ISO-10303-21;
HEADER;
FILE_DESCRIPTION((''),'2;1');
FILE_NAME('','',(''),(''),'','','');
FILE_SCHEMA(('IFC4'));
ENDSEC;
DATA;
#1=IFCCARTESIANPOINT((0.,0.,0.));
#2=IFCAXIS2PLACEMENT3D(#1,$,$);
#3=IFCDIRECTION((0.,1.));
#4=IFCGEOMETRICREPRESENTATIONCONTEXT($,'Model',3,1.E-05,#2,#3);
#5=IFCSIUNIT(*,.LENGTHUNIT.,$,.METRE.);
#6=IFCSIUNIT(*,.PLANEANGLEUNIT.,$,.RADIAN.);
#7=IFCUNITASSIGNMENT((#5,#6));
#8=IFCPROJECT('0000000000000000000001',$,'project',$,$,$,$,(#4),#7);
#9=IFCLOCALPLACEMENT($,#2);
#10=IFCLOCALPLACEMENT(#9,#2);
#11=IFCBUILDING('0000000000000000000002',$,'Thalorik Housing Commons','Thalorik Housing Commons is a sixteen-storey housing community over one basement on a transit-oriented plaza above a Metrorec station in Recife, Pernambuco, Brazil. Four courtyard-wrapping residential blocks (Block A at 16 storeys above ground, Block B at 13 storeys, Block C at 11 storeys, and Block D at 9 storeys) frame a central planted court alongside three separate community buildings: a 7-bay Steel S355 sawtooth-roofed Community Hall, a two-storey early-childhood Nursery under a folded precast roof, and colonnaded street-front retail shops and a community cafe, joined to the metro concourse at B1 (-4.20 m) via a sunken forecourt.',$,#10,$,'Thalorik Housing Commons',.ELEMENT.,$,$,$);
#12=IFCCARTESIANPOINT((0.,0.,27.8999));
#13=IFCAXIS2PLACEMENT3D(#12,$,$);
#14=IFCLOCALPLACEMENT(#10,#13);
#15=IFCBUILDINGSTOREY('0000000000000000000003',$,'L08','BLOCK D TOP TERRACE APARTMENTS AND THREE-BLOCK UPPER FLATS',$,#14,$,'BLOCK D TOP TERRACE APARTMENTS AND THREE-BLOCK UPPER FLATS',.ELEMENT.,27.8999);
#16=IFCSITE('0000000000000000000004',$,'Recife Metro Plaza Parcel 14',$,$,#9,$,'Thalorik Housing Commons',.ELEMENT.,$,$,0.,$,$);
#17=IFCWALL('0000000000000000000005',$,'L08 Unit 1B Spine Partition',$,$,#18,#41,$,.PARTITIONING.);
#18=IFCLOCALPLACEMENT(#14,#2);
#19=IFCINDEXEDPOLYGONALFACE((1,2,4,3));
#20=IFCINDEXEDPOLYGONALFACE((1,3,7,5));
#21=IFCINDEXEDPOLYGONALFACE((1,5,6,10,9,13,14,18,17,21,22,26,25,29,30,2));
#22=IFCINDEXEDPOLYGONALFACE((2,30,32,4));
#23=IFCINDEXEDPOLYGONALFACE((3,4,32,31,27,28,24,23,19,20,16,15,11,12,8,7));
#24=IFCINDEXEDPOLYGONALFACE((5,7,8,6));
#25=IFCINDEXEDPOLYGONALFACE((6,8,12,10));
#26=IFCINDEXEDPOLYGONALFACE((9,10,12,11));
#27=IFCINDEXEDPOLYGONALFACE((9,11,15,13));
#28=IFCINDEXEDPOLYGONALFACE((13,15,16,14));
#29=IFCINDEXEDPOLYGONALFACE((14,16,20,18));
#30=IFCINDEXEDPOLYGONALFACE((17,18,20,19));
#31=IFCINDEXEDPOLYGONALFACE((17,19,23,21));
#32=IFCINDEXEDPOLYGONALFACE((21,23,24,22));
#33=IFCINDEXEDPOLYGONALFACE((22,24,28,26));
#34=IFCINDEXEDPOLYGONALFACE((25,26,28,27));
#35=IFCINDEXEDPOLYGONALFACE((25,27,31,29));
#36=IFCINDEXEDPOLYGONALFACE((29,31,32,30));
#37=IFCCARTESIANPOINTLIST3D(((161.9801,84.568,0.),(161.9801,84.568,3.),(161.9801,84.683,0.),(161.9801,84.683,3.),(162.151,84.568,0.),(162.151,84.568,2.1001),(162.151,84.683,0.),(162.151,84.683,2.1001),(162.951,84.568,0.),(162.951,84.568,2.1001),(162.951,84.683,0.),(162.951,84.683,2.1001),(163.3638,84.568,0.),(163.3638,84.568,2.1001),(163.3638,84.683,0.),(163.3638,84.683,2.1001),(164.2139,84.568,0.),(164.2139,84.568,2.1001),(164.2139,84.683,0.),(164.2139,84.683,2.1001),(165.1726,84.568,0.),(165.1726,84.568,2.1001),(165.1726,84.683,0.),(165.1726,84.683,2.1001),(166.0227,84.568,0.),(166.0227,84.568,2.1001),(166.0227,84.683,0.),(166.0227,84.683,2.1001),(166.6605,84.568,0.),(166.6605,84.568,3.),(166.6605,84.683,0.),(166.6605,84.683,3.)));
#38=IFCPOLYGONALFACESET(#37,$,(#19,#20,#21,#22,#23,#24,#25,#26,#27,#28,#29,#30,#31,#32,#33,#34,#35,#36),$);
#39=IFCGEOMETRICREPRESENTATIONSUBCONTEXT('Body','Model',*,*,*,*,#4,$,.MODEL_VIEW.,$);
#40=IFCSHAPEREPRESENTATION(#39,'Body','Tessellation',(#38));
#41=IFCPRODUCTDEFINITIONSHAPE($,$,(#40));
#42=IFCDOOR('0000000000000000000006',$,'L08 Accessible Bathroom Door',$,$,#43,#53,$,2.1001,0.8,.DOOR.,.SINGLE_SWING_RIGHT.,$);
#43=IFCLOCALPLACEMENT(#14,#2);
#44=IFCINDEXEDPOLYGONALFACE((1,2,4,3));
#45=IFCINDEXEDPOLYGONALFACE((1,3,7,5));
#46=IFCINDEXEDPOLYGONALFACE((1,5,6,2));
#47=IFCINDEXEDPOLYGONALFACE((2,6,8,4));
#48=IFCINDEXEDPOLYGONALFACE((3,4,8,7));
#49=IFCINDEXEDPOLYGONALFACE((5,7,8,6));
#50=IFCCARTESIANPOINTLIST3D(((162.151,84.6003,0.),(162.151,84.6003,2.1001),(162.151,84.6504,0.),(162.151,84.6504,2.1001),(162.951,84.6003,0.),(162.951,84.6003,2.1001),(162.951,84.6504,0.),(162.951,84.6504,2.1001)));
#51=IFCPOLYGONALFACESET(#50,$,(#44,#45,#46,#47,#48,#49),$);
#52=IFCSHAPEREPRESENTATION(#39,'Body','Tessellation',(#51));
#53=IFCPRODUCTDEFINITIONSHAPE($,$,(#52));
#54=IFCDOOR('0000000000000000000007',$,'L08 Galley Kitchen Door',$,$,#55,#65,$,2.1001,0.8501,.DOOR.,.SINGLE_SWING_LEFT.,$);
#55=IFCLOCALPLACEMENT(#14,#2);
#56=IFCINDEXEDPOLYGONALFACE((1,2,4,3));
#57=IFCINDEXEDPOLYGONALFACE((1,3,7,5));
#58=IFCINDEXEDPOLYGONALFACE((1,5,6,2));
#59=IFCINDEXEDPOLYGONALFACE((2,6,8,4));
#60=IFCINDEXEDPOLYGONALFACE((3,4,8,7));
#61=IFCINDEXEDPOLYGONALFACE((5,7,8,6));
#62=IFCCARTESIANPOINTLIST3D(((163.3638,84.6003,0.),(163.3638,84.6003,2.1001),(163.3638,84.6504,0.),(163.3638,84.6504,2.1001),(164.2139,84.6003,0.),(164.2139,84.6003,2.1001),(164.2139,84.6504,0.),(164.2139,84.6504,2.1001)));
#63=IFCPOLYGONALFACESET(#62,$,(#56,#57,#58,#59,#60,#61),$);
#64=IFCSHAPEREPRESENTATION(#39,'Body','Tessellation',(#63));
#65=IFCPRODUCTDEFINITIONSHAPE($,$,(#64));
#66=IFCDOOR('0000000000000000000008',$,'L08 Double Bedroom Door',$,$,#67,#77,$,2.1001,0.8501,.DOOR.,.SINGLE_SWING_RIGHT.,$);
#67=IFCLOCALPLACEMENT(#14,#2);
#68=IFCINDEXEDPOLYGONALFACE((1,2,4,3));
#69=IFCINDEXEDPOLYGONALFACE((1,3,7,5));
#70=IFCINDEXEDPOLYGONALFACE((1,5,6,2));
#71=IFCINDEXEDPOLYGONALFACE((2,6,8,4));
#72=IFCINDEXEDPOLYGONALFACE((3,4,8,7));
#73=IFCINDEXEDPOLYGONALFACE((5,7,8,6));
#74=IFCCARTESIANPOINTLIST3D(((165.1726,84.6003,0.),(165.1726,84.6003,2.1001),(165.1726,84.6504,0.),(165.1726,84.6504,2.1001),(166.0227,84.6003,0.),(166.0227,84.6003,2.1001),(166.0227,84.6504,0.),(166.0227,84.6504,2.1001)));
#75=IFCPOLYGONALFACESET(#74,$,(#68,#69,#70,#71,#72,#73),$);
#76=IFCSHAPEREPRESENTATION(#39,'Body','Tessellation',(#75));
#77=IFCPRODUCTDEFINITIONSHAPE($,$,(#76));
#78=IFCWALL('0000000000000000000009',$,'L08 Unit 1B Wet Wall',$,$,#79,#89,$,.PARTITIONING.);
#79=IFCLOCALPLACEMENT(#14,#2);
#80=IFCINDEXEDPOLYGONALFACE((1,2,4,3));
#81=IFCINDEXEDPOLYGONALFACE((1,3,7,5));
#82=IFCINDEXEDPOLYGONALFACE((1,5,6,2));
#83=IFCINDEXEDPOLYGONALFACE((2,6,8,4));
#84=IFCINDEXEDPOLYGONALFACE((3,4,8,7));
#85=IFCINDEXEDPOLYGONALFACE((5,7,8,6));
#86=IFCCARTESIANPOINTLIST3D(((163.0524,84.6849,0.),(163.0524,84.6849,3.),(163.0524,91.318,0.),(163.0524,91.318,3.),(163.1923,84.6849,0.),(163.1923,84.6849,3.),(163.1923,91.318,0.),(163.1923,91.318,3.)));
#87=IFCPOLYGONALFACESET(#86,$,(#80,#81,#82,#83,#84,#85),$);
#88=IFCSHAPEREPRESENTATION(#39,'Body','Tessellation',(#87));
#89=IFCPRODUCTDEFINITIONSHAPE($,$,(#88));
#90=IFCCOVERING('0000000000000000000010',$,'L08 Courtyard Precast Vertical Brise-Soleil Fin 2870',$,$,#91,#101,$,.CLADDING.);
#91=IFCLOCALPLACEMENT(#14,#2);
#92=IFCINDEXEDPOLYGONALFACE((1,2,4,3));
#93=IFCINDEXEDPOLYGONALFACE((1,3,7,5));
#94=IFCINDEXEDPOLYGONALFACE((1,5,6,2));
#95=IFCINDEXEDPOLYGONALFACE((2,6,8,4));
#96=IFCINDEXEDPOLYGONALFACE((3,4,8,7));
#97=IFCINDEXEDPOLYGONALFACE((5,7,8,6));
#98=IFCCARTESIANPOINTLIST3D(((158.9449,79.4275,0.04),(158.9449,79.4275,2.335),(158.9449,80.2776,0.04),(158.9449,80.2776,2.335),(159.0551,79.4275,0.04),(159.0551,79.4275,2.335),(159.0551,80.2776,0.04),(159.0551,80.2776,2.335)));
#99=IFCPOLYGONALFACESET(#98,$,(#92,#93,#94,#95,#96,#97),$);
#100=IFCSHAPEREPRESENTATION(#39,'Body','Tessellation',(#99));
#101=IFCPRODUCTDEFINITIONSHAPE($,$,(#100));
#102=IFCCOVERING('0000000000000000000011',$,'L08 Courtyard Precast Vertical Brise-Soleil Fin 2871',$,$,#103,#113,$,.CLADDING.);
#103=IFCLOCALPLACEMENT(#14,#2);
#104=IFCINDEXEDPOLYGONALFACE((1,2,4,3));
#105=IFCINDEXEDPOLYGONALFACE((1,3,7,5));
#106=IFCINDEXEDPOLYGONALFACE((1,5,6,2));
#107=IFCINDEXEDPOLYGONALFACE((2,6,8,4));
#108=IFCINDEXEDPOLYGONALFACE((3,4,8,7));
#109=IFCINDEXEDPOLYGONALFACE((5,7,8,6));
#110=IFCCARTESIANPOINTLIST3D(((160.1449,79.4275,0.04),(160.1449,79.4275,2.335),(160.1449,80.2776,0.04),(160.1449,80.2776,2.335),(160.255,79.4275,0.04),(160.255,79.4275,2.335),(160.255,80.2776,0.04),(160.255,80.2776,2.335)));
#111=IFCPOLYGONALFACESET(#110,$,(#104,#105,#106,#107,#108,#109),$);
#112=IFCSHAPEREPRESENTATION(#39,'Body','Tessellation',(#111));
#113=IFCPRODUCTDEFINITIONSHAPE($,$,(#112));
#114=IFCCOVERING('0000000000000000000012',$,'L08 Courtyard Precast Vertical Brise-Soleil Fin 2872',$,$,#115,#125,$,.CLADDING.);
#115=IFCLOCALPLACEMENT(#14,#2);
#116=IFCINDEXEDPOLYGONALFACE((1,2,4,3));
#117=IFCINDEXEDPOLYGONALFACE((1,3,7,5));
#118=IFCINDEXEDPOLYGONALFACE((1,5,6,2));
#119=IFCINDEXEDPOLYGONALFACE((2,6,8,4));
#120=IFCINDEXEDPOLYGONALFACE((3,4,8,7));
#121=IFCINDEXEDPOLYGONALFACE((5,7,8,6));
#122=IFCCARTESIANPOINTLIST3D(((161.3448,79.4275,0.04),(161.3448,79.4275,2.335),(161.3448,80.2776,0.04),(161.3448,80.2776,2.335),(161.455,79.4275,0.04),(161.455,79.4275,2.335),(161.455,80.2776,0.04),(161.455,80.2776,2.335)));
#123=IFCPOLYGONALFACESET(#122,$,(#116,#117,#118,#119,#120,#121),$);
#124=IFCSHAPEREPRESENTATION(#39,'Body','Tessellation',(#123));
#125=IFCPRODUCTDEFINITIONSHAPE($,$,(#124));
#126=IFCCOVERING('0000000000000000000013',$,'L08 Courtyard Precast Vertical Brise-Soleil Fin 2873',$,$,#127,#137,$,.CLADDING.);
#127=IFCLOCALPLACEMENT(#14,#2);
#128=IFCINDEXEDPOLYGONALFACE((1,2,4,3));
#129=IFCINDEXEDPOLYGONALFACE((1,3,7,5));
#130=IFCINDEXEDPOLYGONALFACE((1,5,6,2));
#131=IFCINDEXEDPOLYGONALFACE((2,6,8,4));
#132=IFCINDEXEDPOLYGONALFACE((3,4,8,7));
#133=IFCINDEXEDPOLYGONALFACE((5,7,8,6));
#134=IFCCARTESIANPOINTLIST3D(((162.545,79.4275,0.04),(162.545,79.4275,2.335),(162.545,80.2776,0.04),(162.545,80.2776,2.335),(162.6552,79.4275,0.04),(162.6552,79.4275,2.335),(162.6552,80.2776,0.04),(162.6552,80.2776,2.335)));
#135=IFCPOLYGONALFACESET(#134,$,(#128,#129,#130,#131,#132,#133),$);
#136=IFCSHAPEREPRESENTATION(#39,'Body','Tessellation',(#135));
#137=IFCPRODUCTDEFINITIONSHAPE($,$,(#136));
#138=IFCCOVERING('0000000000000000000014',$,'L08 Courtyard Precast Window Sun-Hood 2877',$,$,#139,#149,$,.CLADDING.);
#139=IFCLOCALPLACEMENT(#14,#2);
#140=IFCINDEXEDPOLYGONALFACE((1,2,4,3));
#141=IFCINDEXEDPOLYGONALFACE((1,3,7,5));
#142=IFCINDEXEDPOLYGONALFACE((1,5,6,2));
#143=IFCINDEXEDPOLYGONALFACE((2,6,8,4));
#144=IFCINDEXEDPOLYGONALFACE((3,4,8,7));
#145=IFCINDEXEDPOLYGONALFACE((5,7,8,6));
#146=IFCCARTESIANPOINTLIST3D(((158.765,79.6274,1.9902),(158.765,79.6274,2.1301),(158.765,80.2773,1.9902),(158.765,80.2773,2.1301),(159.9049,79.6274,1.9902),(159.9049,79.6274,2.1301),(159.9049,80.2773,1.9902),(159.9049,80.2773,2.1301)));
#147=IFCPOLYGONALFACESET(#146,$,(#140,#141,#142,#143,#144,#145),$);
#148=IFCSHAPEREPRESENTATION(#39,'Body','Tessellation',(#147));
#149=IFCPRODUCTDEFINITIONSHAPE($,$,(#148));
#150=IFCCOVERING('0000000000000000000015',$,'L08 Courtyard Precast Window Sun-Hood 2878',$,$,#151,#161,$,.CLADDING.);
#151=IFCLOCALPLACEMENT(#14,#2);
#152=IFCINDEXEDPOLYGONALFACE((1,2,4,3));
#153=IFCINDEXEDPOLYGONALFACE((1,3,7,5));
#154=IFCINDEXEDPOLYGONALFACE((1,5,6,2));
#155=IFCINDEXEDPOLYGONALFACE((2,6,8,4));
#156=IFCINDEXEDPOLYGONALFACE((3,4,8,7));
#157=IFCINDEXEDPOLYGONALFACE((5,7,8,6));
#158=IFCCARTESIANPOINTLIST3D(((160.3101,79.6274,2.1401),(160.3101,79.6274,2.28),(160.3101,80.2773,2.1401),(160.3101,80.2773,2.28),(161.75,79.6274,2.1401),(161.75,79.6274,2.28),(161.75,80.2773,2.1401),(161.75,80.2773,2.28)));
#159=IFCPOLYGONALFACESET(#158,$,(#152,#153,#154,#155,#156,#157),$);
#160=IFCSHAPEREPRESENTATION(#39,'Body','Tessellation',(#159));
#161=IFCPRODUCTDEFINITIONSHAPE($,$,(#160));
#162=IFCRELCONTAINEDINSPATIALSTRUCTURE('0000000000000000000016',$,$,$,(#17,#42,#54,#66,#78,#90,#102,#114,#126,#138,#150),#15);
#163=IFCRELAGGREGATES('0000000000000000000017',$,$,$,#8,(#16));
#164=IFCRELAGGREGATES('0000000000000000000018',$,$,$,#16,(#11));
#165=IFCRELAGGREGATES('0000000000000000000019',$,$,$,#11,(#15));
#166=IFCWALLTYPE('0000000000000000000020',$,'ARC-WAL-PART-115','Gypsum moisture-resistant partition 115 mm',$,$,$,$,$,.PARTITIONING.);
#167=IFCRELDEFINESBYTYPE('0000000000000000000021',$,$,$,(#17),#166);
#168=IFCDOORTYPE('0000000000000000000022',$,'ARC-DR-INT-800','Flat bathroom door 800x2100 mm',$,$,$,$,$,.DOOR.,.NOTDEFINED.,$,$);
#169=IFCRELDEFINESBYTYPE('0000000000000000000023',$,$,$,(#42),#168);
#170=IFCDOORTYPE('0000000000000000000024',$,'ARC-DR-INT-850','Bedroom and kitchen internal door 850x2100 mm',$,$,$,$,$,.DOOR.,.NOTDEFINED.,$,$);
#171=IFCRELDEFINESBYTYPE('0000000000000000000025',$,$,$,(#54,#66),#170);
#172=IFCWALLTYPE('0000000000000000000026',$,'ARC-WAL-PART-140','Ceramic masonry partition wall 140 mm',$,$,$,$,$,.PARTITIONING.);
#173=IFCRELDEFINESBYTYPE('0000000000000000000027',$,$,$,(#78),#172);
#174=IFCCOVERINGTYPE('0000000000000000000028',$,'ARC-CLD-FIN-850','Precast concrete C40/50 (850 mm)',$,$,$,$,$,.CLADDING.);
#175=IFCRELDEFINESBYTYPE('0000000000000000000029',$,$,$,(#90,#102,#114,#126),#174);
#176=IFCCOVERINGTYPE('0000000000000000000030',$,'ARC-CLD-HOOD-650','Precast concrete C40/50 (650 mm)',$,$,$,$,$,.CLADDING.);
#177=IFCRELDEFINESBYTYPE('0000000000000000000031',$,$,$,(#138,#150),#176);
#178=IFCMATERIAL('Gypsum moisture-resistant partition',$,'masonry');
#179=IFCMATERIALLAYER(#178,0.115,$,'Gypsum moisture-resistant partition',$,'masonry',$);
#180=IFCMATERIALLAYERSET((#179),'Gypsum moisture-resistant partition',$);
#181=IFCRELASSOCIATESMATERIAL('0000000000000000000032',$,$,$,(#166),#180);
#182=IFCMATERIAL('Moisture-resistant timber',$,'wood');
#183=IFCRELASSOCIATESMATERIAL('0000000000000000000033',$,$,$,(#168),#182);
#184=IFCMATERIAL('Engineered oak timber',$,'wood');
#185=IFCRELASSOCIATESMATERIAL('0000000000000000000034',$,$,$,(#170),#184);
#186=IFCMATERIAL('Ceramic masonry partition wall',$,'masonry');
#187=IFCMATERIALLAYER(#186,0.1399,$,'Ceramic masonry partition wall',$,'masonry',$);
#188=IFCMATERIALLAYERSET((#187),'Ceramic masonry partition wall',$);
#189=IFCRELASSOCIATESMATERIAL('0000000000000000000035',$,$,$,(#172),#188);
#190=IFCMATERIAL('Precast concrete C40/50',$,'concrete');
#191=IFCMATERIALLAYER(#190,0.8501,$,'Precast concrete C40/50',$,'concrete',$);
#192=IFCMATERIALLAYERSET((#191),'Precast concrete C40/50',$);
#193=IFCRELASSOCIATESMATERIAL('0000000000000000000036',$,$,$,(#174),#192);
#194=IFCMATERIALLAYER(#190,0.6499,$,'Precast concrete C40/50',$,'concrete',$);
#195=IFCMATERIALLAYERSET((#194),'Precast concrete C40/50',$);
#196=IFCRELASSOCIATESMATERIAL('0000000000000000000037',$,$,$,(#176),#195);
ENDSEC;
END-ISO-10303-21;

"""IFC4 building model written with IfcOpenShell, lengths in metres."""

from ifc_helpers import new_model, si_unit, direction, frame, frame_2d, origin, origin_2d, place, context, subcontext, project, spatial, rectangle, extrude, material, layer, layer_set, type_object, element, fill, save


model = new_model("IFC4")

# Units and contexts
model_context = context("Model", 3, precision=1e-05, world=origin(), true_north=direction((0.0, 1.0)))
body_context = subcontext(model_context, "Body", "Model", "MODEL_VIEW")
ifc_project = project(units=[si_unit("LENGTHUNIT", "METRE"), si_unit("PLANEANGLEUNIT", "RADIAN")], contexts=[model_context])

# Site, building, storey
site_placement = place(None, origin())
site = spatial("IfcSite", under=ifc_project, at=site_placement, Name="Recife Metro Plaza Parcel 14", LongName="Thalorik Housing Commons", CompositionType="ELEMENT", RefElevation=0.0)
building_placement = place(site_placement, origin())
building = spatial("IfcBuilding", under=site, at=building_placement, Name="Thalorik Housing Commons", Description="Thalorik Housing Commons is a sixteen-storey housing community over one basement on a transit-oriented plaza above a Metrorec station in Recife, Pernambuco, Brazil. Four courtyard-wrapping residential blocks (Block A at 16 storeys above ground, Block B at 13 storeys, Block C at 11 storeys, and Block D at 9 storeys) frame a central planted court alongside three separate community buildings: a 7-bay Steel S355 sawtooth-roofed Community Hall, a two-storey early-childhood Nursery under a folded precast roof, and colonnaded street-front retail shops and a community cafe, joined to the metro concourse at B1 (-4.20 m) via a sunken forecourt.", LongName="Thalorik Housing Commons", CompositionType="ELEMENT")
storey_placement = place(building_placement, frame((0.0, 0.0, 27.8999)))
storey = spatial("IfcBuildingStorey", under=building, at=storey_placement, Name="L08", Description="BLOCK D TOP TERRACE APARTMENTS AND THREE-BLOCK UPPER FLATS", LongName="BLOCK D TOP TERRACE APARTMENTS AND THREE-BLOCK UPPER FLATS", CompositionType="ELEMENT", Elevation=27.8999)

# Shared definitions
ifc_material_1 = material(Name="Precast concrete C40/50", Category="concrete")

# Wall, openings, doors
ifc_material_2 = material(Name="Gypsum moisture-resistant partition", Category="masonry")
ifc_layer_1 = layer(ifc_material_2, 0.115, Name="Gypsum moisture-resistant partition", Category="masonry")
ifc_layer_set_1 = layer_set([ifc_layer_1], Name="Gypsum moisture-resistant partition")
wall_type_1 = type_object("IfcWallType", Name="ARC-WAL-PART-115", Description="Gypsum moisture-resistant partition 115 mm", PredefinedType="PARTITIONING", material=ifc_layer_set_1)
wall_1_placement = place(storey_placement, frame((161.98, 84.6255, 0.0), z_axis=(0.0, 0.0, 1.0), x_axis=(1.0, 0.0, 0.0)))
wall_1 = element("IfcWall", 1, at=wall_1_placement, inside=storey, type_object=wall_type_1, Name="L08 Unit 1B Spine Partition", PredefinedType="PARTITIONING", context=body_context, shape_type="SweptSolid", body=[
    extrude(rectangle(XDim=4.6804, YDim=0.115, at=frame_2d((2.3403, 0.0))), origin(), (0.0, 0.0, 1.0), 3.0),
])
opening_1_placement = place(wall_1_placement, frame((0.1711, 0.0, 0.0)))
opening_1 = element("IfcOpeningElement", 2, at=opening_1_placement, cuts=wall_1, PredefinedType="OPENING", context=body_context, shape_type="SweptSolid", body=[
    extrude(rectangle(XDim=0.8, YDim=2.1001, at=frame_2d((0.3999, 1.05))), frame((0.0, 0.0674, 0.0), z_axis=(0.0, -1.0, 0.0), x_axis=(1.0, 0.0, 0.0)), (0.0, 0.0, 1.0), 0.135),
])
opening_2_placement = place(wall_1_placement, frame((1.3838, 0.0, 0.0)))
opening_2 = element("IfcOpeningElement", 3, at=opening_2_placement, cuts=wall_1, PredefinedType="OPENING", context=body_context, shape_type="SweptSolid", body=[
    extrude(rectangle(XDim=0.8501, YDim=2.1001, at=frame_2d((0.425, 1.05))), frame((0.0, 0.0674, 0.0), z_axis=(0.0, -1.0, 0.0), x_axis=(1.0, 0.0, 0.0)), (0.0, 0.0, 1.0), 0.135),
])
opening_3_placement = place(wall_1_placement, frame((3.1926, 0.0, 0.0)))
opening_3 = element("IfcOpeningElement", 4, at=opening_3_placement, cuts=wall_1, PredefinedType="OPENING", context=body_context, shape_type="SweptSolid", body=[
    extrude(rectangle(XDim=0.8501, YDim=2.1001, at=frame_2d((0.425, 1.05))), frame((0.0, 0.0674, 0.0), z_axis=(0.0, -1.0, 0.0), x_axis=(1.0, 0.0, 0.0)), (0.0, 0.0, 1.0), 0.135),
])
ifc_material_3 = material(Name="Moisture-resistant timber", Category="wood")
door_type_1 = type_object("IfcDoorType", Name="ARC-DR-INT-800", Description="Flat bathroom door 800x2100 mm", OperationType="NOTDEFINED", PredefinedType="DOOR", material=ifc_material_3)
door_1_placement = place(opening_1_placement, origin())
door_1 = element("IfcDoor", 5, at=door_1_placement, inside=storey, type_object=door_type_1, Name="L08 Accessible Bathroom Door", OperationType="SINGLE_SWING_RIGHT", OverallHeight=2.1001, OverallWidth=0.8, PredefinedType="DOOR", context=body_context, shape_type="SweptSolid", body=[
    extrude(rectangle(XDim=0.8, YDim=2.1001, at=frame_2d((0.3999, 1.05))), frame((0.0, 0.0249, 0.0), z_axis=(0.0, -1.0, 0.0), x_axis=(1.0, 0.0, 0.0)), (0.0, 0.0, 1.0), 0.05),
])
fill(opening_1, door_1)
ifc_material_4 = material(Name="Engineered oak timber", Category="wood")
door_type_2 = type_object("IfcDoorType", Name="ARC-DR-INT-850", Description="Bedroom and kitchen internal door 850x2100 mm", OperationType="NOTDEFINED", PredefinedType="DOOR", material=ifc_material_4)
door_2_placement = place(opening_2_placement, origin())
door_2 = element("IfcDoor", 6, at=door_2_placement, inside=storey, type_object=door_type_2, Name="L08 Galley Kitchen Door", OperationType="SINGLE_SWING_LEFT", OverallHeight=2.1001, OverallWidth=0.8501, PredefinedType="DOOR", context=body_context, shape_type="SweptSolid", body=[
    extrude(rectangle(XDim=0.8501, YDim=2.1001, at=frame_2d((0.425, 1.05))), frame((0.0, 0.0249, 0.0), z_axis=(0.0, -1.0, 0.0), x_axis=(1.0, 0.0, 0.0)), (0.0, 0.0, 1.0), 0.05),
])
fill(opening_2, door_2)
door_3_placement = place(opening_3_placement, origin())
door_3 = element("IfcDoor", 7, at=door_3_placement, inside=storey, type_object=door_type_2, Name="L08 Double Bedroom Door", OperationType="SINGLE_SWING_RIGHT", OverallHeight=2.1001, OverallWidth=0.8501, PredefinedType="DOOR", context=body_context, shape_type="SweptSolid", body=[
    extrude(rectangle(XDim=0.8501, YDim=2.1001, at=frame_2d((0.425, 1.05))), frame((0.0, 0.0249, 0.0), z_axis=(0.0, -1.0, 0.0), x_axis=(1.0, 0.0, 0.0)), (0.0, 0.0, 1.0), 0.05),
])
fill(opening_3, door_3)

# Wall
ifc_material_5 = material(Name="Ceramic masonry partition wall", Category="masonry")
ifc_layer_2 = layer(ifc_material_5, 0.1399, Name="Ceramic masonry partition wall", Category="masonry")
ifc_layer_set_2 = layer_set([ifc_layer_2], Name="Ceramic masonry partition wall")
wall_type_2 = type_object("IfcWallType", Name="ARC-WAL-PART-140", Description="Ceramic masonry partition wall 140 mm", PredefinedType="PARTITIONING", material=ifc_layer_set_2)
wall_2_placement = place(storey_placement, frame((163.1223, 84.6851, 0.0), z_axis=(0.0, 0.0, 1.0), x_axis=(0.0, 1.0, 0.0)))
element("IfcWall", 8, at=wall_2_placement, inside=storey, type_object=wall_type_2, Name="L08 Unit 1B Wet Wall", PredefinedType="PARTITIONING", context=body_context, shape_type="SweptSolid", body=[
    extrude(rectangle(XDim=6.6331, YDim=0.1399, at=frame_2d((3.3164, 0.0))), origin(), (0.0, 0.0, 1.0), 3.0),
])

# Coverings
ifc_layer_3 = layer(ifc_material_1, 0.8501, Name="Precast concrete C40/50", Category="concrete")
ifc_layer_set_3 = layer_set([ifc_layer_3], Name="Precast concrete C40/50")
covering_type_1 = type_object("IfcCoveringType", Name="ARC-CLD-FIN-850", Description="Precast concrete C40/50 (850 mm)", PredefinedType="CLADDING", material=ifc_layer_set_3)
for number, where, z_axis, x_axis, name in (
    (9, (159.0, 79.8525, 0.04), (0.0, 0.0, 1.0), (1.0, 0.0, 0.0), "L08 Courtyard Precast Vertical Brise-Soleil Fin 2870"),
    (10, (160.2, 79.8525, 0.04), (0.0, 0.0, 1.0), (1.0, 0.0, 0.0), "L08 Courtyard Precast Vertical Brise-Soleil Fin 2871"),
    (11, (161.3999, 79.8525, 0.04), (0.0, 0.0, 1.0), (1.0, 0.0, 0.0), "L08 Courtyard Precast Vertical Brise-Soleil Fin 2872"),
    (12, (162.6001, 79.8525, 0.04), (0.0, 0.0, 1.0), (1.0, 0.0, 0.0), "L08 Courtyard Precast Vertical Brise-Soleil Fin 2873"),
):
    element("IfcCovering", number, at=place(storey_placement, frame(where, z_axis=z_axis, x_axis=x_axis)), inside=storey, type_object=covering_type_1, Name=name, PredefinedType="CLADDING", context=body_context, shape_type="SweptSolid", body=[
        extrude(rectangle(XDim=0.1101, YDim=0.8501, at=origin_2d()), origin(), (0.0, 0.0, 1.0), 2.2949),
    ])
ifc_layer_4 = layer(ifc_material_1, 0.6499, Name="Precast concrete C40/50", Category="concrete")
ifc_layer_set_4 = layer_set([ifc_layer_4], Name="Precast concrete C40/50")
covering_type_2 = type_object("IfcCoveringType", Name="ARC-CLD-HOOD-650", Description="Precast concrete C40/50 (650 mm)", PredefinedType="CLADDING", material=ifc_layer_set_4)
covering_1_placement = place(storey_placement, frame((159.335, 79.9524, 1.9902), z_axis=(0.0, 0.0, 1.0), x_axis=(1.0, 0.0, 0.0)))
element("IfcCovering", 13, at=covering_1_placement, inside=storey, type_object=covering_type_2, Name="L08 Courtyard Precast Window Sun-Hood 2877", PredefinedType="CLADDING", context=body_context, shape_type="SweptSolid", body=[
    extrude(rectangle(XDim=1.1399, YDim=0.6499, at=origin_2d()), origin(), (0.0, 0.0, 1.0), 0.1399),
])
covering_2_placement = place(storey_placement, frame((161.03, 79.9524, 2.1401), z_axis=(0.0, 0.0, 1.0), x_axis=(1.0, 0.0, 0.0)))
element("IfcCovering", 14, at=covering_2_placement, inside=storey, type_object=covering_type_2, Name="L08 Courtyard Precast Window Sun-Hood 2878", PredefinedType="CLADDING", context=body_context, shape_type="SweptSolid", body=[
    extrude(rectangle(XDim=1.4399, YDim=0.6499, at=origin_2d()), origin(), (0.0, 0.0, 1.0), 0.1399),
])

save(model, "model.ifc")
